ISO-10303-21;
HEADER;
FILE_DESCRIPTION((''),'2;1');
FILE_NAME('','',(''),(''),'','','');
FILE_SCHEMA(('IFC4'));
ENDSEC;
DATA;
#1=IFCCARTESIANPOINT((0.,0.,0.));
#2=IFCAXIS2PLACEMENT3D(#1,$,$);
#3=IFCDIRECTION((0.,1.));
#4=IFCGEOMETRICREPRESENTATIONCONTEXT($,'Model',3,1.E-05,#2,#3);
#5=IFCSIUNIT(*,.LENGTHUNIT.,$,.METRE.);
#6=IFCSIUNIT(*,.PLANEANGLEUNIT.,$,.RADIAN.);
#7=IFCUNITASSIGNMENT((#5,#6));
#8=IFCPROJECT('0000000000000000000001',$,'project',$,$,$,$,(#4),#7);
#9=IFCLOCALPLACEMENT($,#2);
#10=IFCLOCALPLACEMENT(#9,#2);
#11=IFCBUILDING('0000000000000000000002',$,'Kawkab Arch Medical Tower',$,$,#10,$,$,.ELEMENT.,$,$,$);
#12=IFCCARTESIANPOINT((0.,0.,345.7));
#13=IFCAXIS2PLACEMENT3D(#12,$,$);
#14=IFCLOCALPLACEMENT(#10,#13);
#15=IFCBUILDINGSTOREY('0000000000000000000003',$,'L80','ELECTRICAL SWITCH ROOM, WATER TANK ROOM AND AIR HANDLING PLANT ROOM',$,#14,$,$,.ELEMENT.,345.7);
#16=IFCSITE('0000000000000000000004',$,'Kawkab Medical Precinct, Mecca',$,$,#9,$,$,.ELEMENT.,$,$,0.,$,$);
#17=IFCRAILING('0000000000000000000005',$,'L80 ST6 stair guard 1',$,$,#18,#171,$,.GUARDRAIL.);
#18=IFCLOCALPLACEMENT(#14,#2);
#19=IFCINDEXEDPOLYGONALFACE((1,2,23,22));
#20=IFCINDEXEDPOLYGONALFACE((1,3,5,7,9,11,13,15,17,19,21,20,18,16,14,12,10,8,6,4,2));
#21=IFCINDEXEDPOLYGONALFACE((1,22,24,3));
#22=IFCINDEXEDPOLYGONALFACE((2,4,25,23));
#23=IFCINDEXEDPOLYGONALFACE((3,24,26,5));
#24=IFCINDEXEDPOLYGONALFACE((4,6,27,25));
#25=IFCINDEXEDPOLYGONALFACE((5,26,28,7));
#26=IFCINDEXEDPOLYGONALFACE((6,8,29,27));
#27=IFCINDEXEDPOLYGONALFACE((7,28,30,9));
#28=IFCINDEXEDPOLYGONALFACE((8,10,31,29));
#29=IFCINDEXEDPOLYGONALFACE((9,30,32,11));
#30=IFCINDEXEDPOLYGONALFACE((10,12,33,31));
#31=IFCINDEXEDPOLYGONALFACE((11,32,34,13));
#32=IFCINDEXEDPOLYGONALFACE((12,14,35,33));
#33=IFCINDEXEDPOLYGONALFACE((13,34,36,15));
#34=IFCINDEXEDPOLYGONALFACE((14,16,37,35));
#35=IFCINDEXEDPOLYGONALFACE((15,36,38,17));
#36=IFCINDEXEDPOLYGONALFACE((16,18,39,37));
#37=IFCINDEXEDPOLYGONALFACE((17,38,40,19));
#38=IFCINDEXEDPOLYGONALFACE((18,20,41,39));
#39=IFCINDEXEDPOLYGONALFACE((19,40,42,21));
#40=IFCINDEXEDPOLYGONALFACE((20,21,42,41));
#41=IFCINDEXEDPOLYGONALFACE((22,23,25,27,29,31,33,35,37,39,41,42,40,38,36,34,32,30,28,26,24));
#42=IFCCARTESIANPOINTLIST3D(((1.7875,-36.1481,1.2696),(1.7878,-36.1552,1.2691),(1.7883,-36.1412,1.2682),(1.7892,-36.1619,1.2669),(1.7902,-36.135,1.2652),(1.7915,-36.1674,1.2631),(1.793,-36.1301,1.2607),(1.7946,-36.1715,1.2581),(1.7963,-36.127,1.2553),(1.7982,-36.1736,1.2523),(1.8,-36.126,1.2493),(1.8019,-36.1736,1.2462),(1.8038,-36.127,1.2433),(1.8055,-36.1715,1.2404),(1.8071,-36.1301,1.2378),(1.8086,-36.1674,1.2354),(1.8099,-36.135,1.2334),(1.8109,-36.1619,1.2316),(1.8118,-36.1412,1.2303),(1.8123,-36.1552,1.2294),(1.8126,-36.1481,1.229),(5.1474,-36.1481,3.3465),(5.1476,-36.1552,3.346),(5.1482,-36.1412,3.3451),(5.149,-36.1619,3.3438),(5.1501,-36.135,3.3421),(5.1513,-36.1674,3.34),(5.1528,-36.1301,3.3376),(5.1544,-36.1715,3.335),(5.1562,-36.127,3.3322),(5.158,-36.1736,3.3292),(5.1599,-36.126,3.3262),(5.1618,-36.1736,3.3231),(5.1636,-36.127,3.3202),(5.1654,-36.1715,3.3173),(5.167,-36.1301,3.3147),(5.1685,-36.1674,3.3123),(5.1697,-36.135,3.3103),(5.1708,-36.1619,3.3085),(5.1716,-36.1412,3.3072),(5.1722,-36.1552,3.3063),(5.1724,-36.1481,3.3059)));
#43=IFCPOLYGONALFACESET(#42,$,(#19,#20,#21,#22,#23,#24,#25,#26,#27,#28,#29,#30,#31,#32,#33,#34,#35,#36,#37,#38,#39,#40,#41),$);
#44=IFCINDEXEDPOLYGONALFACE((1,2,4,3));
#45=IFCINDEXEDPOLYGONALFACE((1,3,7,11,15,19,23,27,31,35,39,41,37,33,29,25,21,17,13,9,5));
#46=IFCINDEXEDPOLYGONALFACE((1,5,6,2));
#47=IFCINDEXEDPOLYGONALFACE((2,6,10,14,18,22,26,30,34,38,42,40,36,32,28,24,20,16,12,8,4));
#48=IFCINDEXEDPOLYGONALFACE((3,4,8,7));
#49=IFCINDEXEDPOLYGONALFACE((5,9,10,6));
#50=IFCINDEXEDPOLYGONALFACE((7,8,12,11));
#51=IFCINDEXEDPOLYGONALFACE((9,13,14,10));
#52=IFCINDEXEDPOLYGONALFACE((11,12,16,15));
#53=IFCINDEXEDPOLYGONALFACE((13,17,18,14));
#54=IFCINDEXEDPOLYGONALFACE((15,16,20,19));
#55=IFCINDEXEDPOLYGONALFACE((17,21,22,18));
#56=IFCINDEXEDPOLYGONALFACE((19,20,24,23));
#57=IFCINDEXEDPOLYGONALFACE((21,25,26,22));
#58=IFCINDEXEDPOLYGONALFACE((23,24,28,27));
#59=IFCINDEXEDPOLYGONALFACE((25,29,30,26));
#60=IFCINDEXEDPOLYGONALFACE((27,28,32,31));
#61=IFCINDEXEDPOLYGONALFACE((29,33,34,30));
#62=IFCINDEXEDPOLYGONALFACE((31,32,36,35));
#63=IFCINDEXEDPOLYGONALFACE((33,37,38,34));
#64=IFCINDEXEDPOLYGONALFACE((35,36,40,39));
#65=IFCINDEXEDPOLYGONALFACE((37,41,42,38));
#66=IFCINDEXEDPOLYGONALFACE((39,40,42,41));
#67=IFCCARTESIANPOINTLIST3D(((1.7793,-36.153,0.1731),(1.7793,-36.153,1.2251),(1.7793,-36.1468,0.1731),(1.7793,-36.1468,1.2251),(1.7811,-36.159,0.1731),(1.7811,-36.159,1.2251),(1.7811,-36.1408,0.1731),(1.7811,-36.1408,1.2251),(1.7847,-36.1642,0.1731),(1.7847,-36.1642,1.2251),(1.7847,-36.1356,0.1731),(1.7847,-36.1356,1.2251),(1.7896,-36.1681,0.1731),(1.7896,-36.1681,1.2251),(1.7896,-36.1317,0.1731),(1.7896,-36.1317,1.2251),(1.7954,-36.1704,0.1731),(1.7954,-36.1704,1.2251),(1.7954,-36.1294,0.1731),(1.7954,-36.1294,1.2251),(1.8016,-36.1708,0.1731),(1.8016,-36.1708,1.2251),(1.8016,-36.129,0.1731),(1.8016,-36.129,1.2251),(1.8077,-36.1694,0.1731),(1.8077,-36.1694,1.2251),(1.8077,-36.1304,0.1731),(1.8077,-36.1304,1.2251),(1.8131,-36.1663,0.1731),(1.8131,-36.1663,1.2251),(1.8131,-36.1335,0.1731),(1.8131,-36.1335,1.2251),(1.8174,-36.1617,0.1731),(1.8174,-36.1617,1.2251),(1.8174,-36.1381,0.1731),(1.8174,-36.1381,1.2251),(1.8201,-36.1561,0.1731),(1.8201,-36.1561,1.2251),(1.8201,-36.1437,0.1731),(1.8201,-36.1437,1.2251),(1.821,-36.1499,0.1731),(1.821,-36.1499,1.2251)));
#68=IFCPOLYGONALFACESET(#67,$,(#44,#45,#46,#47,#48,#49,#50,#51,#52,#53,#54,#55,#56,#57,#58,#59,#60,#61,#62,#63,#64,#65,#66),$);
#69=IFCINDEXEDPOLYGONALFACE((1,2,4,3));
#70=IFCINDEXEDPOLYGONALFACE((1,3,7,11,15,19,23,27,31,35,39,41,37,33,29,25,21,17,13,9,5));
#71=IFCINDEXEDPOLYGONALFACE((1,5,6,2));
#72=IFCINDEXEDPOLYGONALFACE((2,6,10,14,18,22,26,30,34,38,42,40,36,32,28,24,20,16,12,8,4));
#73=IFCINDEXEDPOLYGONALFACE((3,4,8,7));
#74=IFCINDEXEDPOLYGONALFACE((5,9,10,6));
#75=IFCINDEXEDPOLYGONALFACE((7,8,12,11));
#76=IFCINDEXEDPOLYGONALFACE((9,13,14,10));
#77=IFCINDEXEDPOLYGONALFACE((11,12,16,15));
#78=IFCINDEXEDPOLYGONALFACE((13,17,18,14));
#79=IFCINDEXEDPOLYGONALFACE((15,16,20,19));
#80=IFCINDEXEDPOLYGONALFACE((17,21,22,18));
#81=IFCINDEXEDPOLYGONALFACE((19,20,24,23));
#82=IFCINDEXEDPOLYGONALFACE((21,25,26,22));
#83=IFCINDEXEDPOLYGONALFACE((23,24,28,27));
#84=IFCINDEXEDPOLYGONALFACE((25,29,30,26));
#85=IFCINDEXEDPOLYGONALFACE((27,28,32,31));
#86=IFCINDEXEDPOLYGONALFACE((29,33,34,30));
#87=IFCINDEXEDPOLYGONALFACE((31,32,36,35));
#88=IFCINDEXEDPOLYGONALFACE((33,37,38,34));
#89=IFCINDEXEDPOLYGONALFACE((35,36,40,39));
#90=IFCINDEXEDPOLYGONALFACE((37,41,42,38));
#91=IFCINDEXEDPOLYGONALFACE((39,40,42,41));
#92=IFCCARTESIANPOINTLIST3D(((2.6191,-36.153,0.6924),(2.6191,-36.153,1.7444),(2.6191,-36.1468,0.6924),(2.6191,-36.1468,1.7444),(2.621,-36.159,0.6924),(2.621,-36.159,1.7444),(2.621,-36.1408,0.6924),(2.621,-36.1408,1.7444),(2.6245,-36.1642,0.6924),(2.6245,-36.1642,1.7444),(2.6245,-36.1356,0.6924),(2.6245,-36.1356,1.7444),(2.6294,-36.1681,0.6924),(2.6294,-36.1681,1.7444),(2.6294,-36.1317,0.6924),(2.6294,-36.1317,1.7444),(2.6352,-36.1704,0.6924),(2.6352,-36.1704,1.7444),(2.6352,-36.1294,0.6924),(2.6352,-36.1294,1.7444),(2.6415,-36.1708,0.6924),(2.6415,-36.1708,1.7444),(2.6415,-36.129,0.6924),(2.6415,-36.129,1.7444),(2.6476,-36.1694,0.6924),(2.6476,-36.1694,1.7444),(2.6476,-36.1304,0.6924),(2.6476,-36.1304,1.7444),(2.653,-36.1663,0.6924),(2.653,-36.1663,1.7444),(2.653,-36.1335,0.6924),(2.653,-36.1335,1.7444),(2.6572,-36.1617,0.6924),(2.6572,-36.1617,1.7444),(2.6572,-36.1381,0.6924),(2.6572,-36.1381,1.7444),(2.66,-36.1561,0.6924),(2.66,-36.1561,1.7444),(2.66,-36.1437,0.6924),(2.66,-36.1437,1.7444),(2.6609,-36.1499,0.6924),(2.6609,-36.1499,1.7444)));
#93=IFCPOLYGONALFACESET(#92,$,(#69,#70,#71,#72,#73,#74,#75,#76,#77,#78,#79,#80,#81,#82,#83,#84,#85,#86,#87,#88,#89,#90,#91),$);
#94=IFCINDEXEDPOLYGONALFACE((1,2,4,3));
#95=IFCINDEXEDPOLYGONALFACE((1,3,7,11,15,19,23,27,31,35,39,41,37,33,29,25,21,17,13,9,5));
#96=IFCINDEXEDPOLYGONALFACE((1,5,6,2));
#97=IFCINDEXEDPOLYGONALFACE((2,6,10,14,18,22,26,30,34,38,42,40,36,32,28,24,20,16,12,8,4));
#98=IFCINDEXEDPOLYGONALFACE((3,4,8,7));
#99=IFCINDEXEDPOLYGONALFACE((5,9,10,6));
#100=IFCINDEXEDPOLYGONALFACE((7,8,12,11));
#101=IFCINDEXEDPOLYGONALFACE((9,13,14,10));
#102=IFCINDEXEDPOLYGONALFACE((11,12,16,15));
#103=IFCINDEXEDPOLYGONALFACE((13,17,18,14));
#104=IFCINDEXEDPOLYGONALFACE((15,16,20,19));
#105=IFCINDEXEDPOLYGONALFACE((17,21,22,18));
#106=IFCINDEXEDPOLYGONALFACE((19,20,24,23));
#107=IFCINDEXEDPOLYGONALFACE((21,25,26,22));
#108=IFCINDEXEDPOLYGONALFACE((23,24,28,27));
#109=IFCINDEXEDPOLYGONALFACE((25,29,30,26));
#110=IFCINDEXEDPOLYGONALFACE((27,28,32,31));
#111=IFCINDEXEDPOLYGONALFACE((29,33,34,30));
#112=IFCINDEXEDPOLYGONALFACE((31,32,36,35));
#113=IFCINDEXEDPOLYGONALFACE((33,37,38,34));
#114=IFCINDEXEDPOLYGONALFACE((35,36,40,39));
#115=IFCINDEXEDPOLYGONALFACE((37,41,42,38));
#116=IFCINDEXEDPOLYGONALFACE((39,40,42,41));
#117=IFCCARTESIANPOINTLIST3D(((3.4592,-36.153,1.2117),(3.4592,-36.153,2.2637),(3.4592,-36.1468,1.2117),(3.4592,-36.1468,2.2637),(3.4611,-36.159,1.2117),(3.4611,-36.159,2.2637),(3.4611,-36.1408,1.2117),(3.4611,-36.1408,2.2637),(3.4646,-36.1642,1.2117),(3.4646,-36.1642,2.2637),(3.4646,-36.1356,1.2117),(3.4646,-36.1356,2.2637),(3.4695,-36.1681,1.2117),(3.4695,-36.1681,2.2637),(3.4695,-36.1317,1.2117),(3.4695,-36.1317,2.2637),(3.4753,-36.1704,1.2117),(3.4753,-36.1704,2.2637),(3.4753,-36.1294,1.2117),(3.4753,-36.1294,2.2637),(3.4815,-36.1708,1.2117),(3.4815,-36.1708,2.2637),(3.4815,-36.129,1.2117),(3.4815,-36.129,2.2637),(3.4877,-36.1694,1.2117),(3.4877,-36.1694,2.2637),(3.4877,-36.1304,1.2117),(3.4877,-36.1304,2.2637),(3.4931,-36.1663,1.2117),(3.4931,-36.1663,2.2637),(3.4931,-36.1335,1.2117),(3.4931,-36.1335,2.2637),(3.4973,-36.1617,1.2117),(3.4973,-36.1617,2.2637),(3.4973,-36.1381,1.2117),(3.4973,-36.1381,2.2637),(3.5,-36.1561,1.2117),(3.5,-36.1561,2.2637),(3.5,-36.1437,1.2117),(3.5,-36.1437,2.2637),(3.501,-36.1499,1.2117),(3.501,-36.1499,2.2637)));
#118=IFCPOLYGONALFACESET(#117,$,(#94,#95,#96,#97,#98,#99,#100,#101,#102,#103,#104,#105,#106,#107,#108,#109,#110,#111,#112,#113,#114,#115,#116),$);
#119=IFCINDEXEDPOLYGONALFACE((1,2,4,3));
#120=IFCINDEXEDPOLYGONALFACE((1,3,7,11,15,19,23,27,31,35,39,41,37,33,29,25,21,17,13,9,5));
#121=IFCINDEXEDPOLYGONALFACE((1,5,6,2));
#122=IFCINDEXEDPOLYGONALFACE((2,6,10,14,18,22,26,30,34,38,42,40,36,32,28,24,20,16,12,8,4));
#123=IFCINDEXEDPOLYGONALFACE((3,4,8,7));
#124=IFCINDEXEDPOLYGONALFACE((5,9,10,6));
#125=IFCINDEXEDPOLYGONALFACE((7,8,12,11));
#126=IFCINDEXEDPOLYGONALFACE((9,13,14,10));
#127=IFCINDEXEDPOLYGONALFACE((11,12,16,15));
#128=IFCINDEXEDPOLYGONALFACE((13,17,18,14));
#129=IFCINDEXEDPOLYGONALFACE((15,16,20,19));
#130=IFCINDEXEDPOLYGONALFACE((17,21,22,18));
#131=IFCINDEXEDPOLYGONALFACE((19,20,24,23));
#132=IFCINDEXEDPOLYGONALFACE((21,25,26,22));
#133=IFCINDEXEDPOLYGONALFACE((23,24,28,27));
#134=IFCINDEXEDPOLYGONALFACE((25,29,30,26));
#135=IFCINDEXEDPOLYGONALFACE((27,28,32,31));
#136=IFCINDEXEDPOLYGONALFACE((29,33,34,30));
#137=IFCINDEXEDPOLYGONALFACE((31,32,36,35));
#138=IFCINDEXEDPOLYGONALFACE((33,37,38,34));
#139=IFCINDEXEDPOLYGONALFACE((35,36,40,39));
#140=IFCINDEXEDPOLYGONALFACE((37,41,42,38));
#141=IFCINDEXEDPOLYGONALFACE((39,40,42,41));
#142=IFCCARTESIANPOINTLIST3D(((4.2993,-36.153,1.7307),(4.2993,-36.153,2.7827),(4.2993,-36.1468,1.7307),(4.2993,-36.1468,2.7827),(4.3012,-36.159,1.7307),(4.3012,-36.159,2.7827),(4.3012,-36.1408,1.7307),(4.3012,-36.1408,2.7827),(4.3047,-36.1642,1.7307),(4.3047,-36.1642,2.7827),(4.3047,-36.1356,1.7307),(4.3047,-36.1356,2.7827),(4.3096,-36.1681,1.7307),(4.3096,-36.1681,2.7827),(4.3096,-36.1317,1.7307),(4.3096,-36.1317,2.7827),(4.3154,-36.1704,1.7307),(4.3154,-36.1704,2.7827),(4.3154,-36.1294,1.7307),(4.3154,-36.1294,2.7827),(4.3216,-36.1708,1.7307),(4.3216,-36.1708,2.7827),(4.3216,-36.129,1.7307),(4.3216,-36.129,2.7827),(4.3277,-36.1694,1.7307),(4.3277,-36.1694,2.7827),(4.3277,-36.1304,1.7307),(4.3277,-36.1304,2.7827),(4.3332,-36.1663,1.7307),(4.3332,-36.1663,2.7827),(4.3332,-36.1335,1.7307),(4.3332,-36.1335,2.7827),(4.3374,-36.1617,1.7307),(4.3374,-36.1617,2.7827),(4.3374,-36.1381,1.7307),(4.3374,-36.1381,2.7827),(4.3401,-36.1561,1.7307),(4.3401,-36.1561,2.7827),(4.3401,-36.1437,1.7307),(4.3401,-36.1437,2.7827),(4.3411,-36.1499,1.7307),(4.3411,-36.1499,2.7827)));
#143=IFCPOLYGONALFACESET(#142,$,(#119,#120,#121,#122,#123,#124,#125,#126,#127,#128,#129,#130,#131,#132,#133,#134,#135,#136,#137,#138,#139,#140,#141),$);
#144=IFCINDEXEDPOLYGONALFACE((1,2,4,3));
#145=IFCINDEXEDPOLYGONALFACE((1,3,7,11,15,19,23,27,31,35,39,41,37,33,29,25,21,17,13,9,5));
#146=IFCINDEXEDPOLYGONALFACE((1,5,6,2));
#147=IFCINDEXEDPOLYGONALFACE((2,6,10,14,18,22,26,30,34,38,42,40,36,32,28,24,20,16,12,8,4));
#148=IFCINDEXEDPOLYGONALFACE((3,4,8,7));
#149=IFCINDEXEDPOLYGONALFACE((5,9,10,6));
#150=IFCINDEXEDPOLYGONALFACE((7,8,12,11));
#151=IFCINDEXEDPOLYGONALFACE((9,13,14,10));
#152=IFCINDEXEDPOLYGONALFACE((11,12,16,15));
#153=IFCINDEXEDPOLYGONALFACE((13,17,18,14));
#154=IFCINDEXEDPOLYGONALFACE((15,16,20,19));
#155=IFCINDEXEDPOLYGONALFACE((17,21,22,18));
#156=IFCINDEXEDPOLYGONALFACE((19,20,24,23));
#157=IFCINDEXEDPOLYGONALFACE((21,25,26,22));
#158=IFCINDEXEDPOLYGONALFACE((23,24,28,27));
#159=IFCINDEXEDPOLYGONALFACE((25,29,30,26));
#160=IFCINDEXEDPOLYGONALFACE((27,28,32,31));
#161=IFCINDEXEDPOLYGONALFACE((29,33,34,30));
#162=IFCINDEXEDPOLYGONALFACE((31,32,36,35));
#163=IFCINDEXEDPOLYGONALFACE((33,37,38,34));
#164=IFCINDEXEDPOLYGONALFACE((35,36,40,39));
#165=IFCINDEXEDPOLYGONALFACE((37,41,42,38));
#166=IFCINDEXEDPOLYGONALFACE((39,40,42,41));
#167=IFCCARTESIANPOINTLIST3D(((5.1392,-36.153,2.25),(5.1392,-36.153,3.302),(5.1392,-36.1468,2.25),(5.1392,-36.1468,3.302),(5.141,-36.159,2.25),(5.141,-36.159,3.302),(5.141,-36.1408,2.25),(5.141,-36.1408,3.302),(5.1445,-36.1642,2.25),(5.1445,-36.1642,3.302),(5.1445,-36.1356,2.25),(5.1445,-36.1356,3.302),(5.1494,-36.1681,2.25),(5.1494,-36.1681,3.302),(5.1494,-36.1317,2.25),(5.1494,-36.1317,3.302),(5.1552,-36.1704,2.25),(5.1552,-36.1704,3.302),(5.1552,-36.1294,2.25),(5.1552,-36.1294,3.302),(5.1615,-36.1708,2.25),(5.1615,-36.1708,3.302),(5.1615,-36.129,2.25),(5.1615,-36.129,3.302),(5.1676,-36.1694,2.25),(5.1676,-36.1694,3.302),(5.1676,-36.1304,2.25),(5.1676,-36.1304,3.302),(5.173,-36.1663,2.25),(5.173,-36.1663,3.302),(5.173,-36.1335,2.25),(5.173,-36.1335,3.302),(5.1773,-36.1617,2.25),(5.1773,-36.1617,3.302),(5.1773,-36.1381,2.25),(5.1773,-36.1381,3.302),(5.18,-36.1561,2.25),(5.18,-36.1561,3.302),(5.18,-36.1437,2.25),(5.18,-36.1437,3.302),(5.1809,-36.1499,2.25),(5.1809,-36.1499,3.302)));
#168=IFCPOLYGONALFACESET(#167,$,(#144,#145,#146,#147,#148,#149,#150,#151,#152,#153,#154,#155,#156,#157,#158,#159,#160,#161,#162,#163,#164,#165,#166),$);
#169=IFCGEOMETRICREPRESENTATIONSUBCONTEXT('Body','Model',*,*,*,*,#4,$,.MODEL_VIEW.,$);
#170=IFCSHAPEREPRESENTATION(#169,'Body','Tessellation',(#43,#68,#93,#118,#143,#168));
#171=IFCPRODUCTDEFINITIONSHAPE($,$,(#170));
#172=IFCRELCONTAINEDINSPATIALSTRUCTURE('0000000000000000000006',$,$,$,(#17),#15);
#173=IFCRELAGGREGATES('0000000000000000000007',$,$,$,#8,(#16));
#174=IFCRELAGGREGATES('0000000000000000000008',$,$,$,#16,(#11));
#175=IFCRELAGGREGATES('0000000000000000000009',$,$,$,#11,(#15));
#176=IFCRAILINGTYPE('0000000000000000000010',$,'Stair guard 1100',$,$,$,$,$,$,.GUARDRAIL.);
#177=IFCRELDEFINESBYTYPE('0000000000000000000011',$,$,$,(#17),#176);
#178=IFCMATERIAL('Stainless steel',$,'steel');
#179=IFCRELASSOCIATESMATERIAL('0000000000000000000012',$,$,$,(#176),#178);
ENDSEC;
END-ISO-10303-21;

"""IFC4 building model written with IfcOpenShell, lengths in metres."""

from ifc_helpers import new_model, si_unit, direction, frame, origin, origin_2d, place, context, subcontext, project, spatial, circle, extrude, material, type_object, element, save


model = new_model("IFC4")

# Units and contexts
model_context = context("Model", 3, precision=1e-05, world=origin(), true_north=direction((0.0, 1.0)))
body_context = subcontext(model_context, "Body", "Model", "MODEL_VIEW")
ifc_project = project(units=[si_unit("LENGTHUNIT", "METRE"), si_unit("PLANEANGLEUNIT", "RADIAN")], contexts=[model_context])

# Site, building, storey
site_placement = place(None, origin())
site = spatial("IfcSite", under=ifc_project, at=site_placement, Name="Kawkab Medical Precinct, Mecca", CompositionType="ELEMENT", RefElevation=0.0)
building_placement = place(site_placement, origin())
building = spatial("IfcBuilding", under=site, at=building_placement, Name="Kawkab Arch Medical Tower", CompositionType="ELEMENT")
storey_placement = place(building_placement, frame((0.0, 0.0, 345.7)))
storey = spatial("IfcBuildingStorey", under=building, at=storey_placement, Name="L80", Description="ELECTRICAL SWITCH ROOM, WATER TANK ROOM AND AIR HANDLING PLANT ROOM", CompositionType="ELEMENT", Elevation=345.7)

# Railing
ifc_material_1 = material(Name="Stainless steel", Category="steel")
railing_type = type_object("IfcRailingType", Name="Stair guard 1100", PredefinedType="GUARDRAIL", material=ifc_material_1)
railing_1_placement = place(storey_placement, frame((1.8, -36.1499, 0.1731)))
element("IfcRailing", 1, at=railing_1_placement, inside=storey, type_object=railing_type, Name="L80 ST6 stair guard 1", PredefinedType="GUARDRAIL", context=body_context, shape_type="SweptSolid", body=[
    extrude(circle(Radius=0.0239, at=origin_2d()), frame((0.0, 0.0, 1.0762), z_axis=(0.850606, 0.0, 0.525803), x_axis=(0.0, 1.0, 0.0)), (0.0, 0.0, 1.0), 3.95),
    extrude(circle(Radius=0.021, at=origin_2d()), origin(), (0.0, 0.0, 1.0), 1.052),
    extrude(circle(Radius=0.021, at=origin_2d()), frame((0.8398, 0.0, 0.5193)), (0.0, 0.0, 1.0), 1.052),
    extrude(circle(Radius=0.021, at=origin_2d()), frame((1.6799, 0.0, 1.0386)), (0.0, 0.0, 1.0), 1.052),
    extrude(circle(Radius=0.021, at=origin_2d()), frame((2.52, 0.0, 1.5576)), (0.0, 0.0, 1.0), 1.052),
    extrude(circle(Radius=0.021, at=origin_2d()), frame((3.3599, 0.0, 2.0769)), (0.0, 0.0, 1.0), 1.052),
])

save(model, "model.ifc")
